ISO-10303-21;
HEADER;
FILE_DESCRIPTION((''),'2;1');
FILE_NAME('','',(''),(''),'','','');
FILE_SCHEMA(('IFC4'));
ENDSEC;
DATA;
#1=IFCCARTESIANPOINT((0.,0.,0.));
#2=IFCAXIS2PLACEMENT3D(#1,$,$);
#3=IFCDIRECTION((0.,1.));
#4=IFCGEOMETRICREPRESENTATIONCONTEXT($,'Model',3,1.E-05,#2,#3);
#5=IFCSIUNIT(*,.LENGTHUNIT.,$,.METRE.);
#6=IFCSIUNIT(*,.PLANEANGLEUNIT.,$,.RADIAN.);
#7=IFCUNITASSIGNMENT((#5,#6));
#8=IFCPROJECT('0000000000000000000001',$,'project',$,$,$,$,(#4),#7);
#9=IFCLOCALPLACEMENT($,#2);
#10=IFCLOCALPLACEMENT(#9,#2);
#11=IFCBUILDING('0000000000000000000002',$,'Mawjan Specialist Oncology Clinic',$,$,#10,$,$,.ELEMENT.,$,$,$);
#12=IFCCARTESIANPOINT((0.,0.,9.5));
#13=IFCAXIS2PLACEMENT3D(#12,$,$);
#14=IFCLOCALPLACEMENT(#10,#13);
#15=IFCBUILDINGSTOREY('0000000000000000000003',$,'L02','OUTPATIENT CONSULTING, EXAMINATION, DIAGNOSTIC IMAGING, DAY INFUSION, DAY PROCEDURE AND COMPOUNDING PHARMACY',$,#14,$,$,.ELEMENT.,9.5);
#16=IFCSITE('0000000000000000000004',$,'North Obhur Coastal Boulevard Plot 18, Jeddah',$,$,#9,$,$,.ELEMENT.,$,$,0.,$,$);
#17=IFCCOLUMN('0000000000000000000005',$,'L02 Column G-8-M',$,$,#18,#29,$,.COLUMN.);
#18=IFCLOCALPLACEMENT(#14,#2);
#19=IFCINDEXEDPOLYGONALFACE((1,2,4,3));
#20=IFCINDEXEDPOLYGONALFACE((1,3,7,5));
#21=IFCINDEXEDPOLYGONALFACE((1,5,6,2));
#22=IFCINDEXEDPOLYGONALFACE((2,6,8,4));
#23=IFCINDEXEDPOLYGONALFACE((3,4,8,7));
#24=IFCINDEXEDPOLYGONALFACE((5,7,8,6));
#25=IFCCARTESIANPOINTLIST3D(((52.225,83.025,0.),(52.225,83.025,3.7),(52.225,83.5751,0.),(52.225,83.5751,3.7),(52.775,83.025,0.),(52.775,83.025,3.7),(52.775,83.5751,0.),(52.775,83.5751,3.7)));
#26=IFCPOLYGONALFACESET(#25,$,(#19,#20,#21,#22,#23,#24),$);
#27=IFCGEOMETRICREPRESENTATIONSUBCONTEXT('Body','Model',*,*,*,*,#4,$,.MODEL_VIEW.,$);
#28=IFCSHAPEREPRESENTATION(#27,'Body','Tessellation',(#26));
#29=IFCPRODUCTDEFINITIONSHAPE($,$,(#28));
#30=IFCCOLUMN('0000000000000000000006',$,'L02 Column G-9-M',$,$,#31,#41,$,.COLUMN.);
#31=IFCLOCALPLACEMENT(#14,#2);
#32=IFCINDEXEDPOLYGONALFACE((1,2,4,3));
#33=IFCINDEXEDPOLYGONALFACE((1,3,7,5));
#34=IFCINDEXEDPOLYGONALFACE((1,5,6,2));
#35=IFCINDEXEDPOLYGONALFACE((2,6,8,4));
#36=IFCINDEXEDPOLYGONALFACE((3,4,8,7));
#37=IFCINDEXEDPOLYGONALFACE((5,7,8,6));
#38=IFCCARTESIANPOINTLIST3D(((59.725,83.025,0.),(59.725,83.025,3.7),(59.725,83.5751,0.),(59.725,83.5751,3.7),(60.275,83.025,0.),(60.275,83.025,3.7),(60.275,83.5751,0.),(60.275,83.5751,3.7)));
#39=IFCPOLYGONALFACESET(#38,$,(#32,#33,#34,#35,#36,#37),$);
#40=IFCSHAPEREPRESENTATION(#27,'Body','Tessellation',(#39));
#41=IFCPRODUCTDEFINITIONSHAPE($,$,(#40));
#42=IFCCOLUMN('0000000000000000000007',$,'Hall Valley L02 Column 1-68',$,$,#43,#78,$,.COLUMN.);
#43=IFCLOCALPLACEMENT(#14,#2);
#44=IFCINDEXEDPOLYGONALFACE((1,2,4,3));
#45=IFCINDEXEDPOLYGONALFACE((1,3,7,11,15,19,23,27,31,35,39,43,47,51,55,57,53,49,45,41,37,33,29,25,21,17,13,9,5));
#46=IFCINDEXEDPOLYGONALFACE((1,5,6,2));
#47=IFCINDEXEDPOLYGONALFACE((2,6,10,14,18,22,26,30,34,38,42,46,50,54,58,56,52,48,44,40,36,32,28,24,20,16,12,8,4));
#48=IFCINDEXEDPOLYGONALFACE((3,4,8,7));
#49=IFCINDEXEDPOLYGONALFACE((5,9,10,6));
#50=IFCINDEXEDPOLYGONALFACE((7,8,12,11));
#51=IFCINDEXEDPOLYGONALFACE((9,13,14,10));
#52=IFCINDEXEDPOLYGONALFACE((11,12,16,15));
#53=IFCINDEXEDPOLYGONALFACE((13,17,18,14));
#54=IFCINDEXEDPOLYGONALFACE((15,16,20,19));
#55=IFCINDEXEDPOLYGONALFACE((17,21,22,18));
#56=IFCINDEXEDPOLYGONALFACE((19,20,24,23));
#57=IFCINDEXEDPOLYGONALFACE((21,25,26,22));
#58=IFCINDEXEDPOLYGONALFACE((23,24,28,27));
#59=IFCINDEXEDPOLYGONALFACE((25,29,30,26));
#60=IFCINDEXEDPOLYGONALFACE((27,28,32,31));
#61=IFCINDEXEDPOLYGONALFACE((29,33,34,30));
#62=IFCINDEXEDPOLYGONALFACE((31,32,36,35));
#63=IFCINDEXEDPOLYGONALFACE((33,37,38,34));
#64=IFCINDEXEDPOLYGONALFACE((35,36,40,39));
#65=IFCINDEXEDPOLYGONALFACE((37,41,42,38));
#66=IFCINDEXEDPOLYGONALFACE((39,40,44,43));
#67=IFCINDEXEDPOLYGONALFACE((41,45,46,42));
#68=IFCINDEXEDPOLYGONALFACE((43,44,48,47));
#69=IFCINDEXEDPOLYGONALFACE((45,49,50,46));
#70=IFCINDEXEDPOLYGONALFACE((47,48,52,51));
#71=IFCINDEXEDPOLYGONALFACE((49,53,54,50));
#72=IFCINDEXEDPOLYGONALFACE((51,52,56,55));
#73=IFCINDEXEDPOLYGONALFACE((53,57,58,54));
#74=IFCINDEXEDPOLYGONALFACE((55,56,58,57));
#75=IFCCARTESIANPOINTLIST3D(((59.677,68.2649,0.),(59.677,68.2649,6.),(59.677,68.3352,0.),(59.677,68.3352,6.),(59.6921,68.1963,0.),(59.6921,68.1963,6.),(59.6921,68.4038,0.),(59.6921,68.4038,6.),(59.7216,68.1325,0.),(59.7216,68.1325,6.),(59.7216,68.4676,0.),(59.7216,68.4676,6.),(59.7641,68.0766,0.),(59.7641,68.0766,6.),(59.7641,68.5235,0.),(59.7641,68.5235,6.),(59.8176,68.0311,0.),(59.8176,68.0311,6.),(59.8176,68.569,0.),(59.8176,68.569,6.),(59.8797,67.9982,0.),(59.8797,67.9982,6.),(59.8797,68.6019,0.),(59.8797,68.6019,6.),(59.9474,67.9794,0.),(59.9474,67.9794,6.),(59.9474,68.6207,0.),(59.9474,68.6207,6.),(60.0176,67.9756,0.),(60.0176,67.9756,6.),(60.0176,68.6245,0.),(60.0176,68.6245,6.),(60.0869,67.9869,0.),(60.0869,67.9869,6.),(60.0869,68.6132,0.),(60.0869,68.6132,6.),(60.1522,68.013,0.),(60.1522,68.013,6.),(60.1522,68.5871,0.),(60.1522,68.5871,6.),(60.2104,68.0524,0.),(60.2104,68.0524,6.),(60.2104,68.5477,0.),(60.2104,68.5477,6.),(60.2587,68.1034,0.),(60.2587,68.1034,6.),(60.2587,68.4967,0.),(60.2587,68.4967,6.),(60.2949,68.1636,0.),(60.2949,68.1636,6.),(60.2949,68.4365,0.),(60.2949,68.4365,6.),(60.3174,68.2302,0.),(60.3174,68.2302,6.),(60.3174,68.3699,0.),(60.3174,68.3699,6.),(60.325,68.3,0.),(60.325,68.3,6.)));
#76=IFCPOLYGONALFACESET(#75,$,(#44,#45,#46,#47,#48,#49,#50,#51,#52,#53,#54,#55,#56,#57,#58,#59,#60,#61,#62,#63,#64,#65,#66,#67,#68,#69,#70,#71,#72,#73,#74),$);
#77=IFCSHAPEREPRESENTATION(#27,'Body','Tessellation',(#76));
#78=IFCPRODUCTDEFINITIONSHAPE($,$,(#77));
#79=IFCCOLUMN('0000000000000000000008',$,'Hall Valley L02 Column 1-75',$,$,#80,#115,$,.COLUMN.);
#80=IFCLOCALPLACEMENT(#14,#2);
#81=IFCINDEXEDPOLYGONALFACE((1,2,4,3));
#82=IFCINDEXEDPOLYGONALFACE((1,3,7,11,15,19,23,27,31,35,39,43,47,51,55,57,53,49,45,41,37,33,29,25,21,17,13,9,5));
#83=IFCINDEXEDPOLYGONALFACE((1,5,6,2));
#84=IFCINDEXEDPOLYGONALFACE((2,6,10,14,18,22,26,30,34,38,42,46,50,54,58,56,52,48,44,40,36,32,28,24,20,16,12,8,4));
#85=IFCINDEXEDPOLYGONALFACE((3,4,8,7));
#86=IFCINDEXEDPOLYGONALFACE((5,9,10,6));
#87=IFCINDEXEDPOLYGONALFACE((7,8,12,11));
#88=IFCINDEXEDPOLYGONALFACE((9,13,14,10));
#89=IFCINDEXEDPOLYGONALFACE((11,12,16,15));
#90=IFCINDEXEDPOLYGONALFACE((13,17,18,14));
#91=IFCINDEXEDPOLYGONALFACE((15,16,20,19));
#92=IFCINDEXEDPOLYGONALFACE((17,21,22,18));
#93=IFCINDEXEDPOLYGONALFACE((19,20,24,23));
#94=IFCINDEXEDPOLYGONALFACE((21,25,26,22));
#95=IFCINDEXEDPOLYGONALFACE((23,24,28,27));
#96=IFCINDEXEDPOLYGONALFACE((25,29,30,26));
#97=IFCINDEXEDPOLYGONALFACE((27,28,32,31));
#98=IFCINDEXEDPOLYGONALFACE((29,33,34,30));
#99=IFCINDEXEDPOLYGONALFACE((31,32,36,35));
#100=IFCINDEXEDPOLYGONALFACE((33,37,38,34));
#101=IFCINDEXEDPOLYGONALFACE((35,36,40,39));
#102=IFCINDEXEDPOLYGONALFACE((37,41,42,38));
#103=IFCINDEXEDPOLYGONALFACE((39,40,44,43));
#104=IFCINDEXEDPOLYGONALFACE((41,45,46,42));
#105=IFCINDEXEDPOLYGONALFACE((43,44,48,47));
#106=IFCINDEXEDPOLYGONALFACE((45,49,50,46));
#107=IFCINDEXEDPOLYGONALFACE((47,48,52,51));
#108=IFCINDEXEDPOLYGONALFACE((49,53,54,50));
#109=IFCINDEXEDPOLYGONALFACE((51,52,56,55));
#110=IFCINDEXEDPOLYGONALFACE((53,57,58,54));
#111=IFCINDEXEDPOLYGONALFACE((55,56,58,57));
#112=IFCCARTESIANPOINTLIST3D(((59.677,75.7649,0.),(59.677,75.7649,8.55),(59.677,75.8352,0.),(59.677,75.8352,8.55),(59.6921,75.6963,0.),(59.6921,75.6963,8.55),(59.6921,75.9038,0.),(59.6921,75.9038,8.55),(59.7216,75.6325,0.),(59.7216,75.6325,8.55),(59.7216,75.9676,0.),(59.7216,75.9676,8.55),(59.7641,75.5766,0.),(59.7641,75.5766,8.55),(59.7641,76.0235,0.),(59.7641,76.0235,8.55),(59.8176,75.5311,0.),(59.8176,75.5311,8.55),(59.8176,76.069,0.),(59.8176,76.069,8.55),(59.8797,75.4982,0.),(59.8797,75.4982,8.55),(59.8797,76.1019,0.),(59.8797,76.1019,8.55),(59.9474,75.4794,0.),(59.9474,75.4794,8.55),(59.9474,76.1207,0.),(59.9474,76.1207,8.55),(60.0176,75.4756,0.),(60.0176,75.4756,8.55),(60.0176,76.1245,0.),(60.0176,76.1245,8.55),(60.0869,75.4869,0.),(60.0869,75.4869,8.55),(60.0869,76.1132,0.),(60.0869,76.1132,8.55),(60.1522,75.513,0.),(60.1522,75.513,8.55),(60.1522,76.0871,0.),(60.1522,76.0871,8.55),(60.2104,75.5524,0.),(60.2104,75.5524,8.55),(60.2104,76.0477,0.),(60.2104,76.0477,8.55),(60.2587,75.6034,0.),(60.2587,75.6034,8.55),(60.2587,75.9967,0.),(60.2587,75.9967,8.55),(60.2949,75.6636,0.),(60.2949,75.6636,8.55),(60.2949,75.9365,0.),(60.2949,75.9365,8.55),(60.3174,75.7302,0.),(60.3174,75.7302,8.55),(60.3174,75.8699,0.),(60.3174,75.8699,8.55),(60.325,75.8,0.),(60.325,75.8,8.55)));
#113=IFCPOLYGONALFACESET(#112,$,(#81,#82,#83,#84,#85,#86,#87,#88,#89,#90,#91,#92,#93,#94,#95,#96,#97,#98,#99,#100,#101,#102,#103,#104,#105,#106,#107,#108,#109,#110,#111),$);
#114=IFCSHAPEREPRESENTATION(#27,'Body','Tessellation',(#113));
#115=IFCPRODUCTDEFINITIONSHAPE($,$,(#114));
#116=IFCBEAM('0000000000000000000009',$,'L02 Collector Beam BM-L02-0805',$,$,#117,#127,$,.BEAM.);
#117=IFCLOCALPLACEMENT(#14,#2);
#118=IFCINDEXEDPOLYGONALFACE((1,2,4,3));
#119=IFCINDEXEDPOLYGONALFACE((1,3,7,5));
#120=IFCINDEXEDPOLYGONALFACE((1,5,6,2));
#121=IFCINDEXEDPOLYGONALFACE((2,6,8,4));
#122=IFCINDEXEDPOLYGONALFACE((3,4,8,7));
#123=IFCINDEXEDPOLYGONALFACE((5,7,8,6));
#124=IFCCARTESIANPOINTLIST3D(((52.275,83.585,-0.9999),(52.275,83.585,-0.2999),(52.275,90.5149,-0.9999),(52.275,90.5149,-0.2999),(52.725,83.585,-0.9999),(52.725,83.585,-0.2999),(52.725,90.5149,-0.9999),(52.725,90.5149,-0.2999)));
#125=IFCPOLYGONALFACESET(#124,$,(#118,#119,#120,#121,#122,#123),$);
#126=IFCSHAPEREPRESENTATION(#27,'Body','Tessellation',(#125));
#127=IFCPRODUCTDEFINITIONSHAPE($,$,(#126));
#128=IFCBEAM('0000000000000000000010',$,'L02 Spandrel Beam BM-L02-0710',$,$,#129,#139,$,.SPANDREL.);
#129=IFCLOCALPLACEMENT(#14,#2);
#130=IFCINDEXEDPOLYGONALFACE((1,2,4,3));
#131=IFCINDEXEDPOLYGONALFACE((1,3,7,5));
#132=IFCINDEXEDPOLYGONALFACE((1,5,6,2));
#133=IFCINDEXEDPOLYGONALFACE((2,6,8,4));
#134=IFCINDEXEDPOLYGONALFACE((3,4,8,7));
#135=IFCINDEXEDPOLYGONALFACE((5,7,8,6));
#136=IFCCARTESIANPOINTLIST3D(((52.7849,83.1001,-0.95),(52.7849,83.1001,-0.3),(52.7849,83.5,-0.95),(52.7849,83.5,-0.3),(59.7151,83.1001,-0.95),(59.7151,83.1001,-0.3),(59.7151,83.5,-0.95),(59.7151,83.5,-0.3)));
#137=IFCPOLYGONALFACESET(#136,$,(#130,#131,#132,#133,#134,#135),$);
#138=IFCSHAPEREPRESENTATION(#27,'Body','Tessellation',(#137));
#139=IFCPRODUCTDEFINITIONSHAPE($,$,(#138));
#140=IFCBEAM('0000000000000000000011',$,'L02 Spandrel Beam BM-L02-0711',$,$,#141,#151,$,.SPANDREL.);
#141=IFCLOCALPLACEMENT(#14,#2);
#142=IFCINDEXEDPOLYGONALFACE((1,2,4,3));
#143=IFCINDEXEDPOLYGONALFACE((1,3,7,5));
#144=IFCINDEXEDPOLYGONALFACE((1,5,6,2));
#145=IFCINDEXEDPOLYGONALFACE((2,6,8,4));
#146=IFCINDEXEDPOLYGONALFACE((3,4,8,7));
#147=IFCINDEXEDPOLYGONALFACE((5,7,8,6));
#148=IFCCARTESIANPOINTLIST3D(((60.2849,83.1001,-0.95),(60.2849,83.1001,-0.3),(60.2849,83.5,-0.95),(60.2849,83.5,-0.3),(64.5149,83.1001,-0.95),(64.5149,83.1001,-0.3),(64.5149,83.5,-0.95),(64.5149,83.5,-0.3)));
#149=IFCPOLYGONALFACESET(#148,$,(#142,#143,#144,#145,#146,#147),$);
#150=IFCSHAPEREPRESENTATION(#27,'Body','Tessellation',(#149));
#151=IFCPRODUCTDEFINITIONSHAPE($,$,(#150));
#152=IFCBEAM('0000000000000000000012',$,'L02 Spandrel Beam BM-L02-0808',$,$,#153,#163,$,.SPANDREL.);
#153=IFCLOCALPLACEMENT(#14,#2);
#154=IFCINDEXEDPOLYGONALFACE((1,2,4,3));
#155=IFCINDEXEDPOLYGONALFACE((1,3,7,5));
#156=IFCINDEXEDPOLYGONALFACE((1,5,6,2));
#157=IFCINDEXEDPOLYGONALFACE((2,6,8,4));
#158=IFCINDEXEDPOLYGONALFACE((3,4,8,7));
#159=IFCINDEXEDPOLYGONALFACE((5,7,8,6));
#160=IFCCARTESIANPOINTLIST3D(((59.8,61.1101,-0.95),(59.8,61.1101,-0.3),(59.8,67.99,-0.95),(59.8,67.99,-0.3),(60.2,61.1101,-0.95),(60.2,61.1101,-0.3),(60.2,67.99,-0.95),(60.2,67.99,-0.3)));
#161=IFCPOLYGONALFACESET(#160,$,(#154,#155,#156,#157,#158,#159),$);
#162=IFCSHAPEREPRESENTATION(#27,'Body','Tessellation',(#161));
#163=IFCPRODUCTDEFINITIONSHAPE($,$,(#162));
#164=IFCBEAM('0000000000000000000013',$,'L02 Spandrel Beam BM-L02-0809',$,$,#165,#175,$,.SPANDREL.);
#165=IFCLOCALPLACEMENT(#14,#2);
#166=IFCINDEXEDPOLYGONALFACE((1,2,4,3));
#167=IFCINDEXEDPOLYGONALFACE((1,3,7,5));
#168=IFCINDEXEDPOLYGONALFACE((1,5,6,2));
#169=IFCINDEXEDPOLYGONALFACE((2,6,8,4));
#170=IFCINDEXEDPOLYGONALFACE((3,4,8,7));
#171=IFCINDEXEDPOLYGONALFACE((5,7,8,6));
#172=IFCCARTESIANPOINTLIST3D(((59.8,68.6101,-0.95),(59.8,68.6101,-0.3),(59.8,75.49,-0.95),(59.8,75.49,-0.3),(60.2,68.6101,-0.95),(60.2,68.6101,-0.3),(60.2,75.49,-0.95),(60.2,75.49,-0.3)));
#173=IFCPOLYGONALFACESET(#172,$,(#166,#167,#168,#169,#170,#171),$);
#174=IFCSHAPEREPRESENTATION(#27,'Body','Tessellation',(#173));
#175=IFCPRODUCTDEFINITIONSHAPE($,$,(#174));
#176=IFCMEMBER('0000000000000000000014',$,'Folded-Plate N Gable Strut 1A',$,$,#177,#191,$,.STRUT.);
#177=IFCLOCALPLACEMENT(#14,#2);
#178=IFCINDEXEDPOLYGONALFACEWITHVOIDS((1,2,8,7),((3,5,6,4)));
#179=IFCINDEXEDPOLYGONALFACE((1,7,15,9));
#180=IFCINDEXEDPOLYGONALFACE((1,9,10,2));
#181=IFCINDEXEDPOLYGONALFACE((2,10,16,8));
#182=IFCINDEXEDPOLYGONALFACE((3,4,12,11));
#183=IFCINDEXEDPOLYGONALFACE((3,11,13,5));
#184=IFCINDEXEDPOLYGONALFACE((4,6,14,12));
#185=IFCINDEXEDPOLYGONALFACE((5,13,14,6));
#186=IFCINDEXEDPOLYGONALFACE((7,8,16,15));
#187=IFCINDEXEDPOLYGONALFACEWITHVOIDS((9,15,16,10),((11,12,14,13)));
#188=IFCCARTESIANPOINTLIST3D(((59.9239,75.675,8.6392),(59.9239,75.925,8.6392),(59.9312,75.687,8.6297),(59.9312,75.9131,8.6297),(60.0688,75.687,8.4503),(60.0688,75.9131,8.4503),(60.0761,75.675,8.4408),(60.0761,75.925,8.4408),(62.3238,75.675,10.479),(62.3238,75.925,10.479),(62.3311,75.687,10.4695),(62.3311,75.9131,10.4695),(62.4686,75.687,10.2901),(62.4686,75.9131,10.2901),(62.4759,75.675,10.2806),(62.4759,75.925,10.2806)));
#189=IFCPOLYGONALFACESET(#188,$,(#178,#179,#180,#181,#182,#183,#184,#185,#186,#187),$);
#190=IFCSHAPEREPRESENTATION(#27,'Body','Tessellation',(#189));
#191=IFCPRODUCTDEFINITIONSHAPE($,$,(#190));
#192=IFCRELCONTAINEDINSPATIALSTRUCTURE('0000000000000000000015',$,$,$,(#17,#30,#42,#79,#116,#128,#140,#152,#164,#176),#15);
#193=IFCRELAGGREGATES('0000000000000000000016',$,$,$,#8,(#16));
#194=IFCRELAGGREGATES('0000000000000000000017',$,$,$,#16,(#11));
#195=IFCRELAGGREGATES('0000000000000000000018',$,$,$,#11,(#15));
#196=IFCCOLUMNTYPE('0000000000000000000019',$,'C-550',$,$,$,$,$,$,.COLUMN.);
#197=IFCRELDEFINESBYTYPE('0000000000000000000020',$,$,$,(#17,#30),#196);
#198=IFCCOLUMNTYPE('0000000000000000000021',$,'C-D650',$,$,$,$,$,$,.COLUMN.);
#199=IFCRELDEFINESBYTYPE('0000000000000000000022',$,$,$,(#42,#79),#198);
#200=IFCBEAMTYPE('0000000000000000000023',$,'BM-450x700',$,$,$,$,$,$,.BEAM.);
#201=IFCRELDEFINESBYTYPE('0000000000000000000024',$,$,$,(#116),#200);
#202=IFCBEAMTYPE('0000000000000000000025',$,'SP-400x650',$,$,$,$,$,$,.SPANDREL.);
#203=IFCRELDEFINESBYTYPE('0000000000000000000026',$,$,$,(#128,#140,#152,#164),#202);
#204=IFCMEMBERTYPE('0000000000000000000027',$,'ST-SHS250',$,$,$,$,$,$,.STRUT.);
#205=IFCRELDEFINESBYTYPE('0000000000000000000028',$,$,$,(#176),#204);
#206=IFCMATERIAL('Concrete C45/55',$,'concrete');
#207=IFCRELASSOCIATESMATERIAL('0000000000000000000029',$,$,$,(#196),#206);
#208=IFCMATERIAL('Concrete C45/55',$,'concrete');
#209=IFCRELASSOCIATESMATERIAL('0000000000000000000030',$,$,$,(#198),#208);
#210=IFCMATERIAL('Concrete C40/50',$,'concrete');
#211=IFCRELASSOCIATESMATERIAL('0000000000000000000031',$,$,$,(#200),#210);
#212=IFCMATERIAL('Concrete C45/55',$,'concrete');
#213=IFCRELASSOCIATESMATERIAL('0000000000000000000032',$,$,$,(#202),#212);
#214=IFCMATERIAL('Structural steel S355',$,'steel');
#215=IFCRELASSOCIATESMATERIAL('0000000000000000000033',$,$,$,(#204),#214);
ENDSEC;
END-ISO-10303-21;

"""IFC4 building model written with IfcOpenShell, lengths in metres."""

from ifc_helpers import new_model, si_unit, direction, frame, origin, origin_2d, place, context, subcontext, project, spatial, rectangle, hollow_rectangle, circle, extrude, material, material_profile, profile_set, type_object, element, save


model = new_model("IFC4")

# Units and contexts
model_context = context("Model", 3, precision=1e-05, world=origin(), true_north=direction((0.0, 1.0)))
body_context = subcontext(model_context, "Body", "Model", "MODEL_VIEW")
ifc_project = project(units=[si_unit("LENGTHUNIT", "METRE"), si_unit("PLANEANGLEUNIT", "RADIAN")], contexts=[model_context])

# Site, building, storey
site_placement = place(None, origin())
site = spatial("IfcSite", under=ifc_project, at=site_placement, Name="North Obhur Coastal Boulevard Plot 18, Jeddah", CompositionType="ELEMENT", RefElevation=0.0)
building_placement = place(site_placement, origin())
building = spatial("IfcBuilding", under=site, at=building_placement, Name="Mawjan Specialist Oncology Clinic", CompositionType="ELEMENT")
storey_placement = place(building_placement, frame((0.0, 0.0, 9.5)))
storey = spatial("IfcBuildingStorey", under=building, at=storey_placement, Name="L02", Description="OUTPATIENT CONSULTING, EXAMINATION, DIAGNOSTIC IMAGING, DAY INFUSION, DAY PROCEDURE AND COMPOUNDING PHARMACY", CompositionType="ELEMENT", Elevation=9.5)

# Columns
ifc_material_1 = material(Name="Concrete C45/55", Category="concrete")
ifc_material_profile_1 = material_profile(ifc_material_1, rectangle(XDim=0.55, YDim=0.55, at=origin_2d()), Name="RC COL 550x550", Category="concrete")
ifc_profile_set_1 = profile_set([ifc_material_profile_1], Name="Concrete C45/55")
column_type_1 = type_object("IfcColumnType", Name="C-550", PredefinedType="COLUMN", material=ifc_profile_set_1)
for number, where, z_axis, x_axis, name in (
    (1, (52.5, 83.3, 0.0), (0.0, 0.0, 1.0), (1.0, 0.0, 0.0), "L02 Column G-8-M"),
    (2, (60.0, 83.3, 0.0), (0.0, 0.0, 1.0), (1.0, 0.0, 0.0), "L02 Column G-9-M"),
):
    element("IfcColumn", number, at=place(storey_placement, frame(where, z_axis=z_axis, x_axis=x_axis)), inside=storey, type_object=column_type_1, Name=name, PredefinedType="COLUMN", context=body_context, shape_type="SweptSolid", body=[
        extrude(rectangle(XDim=0.55, YDim=0.55, at=origin_2d()), origin(), (0.0, 0.0, 1.0), 3.7),
    ])
ifc_material_2 = material(Name="Concrete C45/55", Category="concrete")
ifc_material_profile_2 = material_profile(ifc_material_2, circle(Radius=0.325, at=origin_2d()), Name="RC COL D650", Category="concrete")
ifc_profile_set_2 = profile_set([ifc_material_profile_2], Name="Concrete C45/55")
column_type_2 = type_object("IfcColumnType", Name="C-D650", PredefinedType="COLUMN", material=ifc_profile_set_2)
column_1_placement = place(storey_placement, frame((60.0, 68.3, 0.0), z_axis=(0.0, 0.0, 1.0), x_axis=(1.0, 0.0, 0.0)))
element("IfcColumn", 3, at=column_1_placement, inside=storey, type_object=column_type_2, Name="Hall Valley L02 Column 1-68", PredefinedType="COLUMN", context=body_context, shape_type="SweptSolid", body=[
    extrude(circle(Radius=0.325, at=origin_2d()), origin(), (0.0, 0.0, 1.0), 6.0),
])
column_2_placement = place(storey_placement, frame((60.0, 75.8, 0.0), z_axis=(0.0, 0.0, 1.0), x_axis=(1.0, 0.0, 0.0)))
element("IfcColumn", 4, at=column_2_placement, inside=storey, type_object=column_type_2, Name="Hall Valley L02 Column 1-75", PredefinedType="COLUMN", context=body_context, shape_type="SweptSolid", body=[
    extrude(circle(Radius=0.325, at=origin_2d()), origin(), (0.0, 0.0, 1.0), 8.55),
])

# Beams
ifc_material_3 = material(Name="Concrete C40/50", Category="concrete")
ifc_material_profile_3 = material_profile(ifc_material_3, rectangle(XDim=0.45, YDim=0.7, at=origin_2d()), Name="RC BM 450x700", Category="concrete")
ifc_profile_set_3 = profile_set([ifc_material_profile_3], Name="Concrete C40/50")
beam_type_1 = type_object("IfcBeamType", Name="BM-450x700", PredefinedType="BEAM", material=ifc_profile_set_3)
beam_1_placement = place(storey_placement, frame((52.5, 83.585, -0.6499), z_axis=(0.0, 1.0, 0.0), x_axis=(-1.0, 0.0, 0.0)))
element("IfcBeam", 5, at=beam_1_placement, inside=storey, type_object=beam_type_1, Name="L02 Collector Beam BM-L02-0805", PredefinedType="BEAM", context=body_context, shape_type="SweptSolid", body=[
    extrude(rectangle(XDim=0.45, YDim=0.7, at=origin_2d()), origin(), (0.0, 0.0, 1.0), 6.9299),
])
ifc_material_4 = material(Name="Concrete C45/55", Category="concrete")
ifc_material_profile_4 = material_profile(ifc_material_4, rectangle(XDim=0.3999, YDim=0.6499, at=origin_2d()), Name="RC BM 400x650", Category="concrete")
ifc_profile_set_4 = profile_set([ifc_material_profile_4], Name="Concrete C45/55")
beam_type_2 = type_object("IfcBeamType", Name="SP-400x650", PredefinedType="SPANDREL", material=ifc_profile_set_4)
beam_2_placement = place(storey_placement, frame((52.7849, 83.3, -0.625), z_axis=(1.0, 0.0, 0.0), x_axis=(0.0, 1.0, 0.0)))
element("IfcBeam", 6, at=beam_2_placement, inside=storey, type_object=beam_type_2, Name="L02 Spandrel Beam BM-L02-0710", PredefinedType="SPANDREL", context=body_context, shape_type="SweptSolid", body=[
    extrude(rectangle(XDim=0.3999, YDim=0.6499, at=origin_2d()), origin(), (0.0, 0.0, 1.0), 6.9302),
])
beam_3_placement = place(storey_placement, frame((60.2849, 83.3, -0.625), z_axis=(1.0, 0.0, 0.0), x_axis=(0.0, 1.0, 0.0)))
element("IfcBeam", 7, at=beam_3_placement, inside=storey, type_object=beam_type_2, Name="L02 Spandrel Beam BM-L02-0711", PredefinedType="SPANDREL", context=body_context, shape_type="SweptSolid", body=[
    extrude(rectangle(XDim=0.3999, YDim=0.6499, at=origin_2d()), origin(), (0.0, 0.0, 1.0), 4.23),
])
for number, where, z_axis, x_axis, name in (
    (8, (60.0, 61.1101, -0.625), (0.0, 1.0, 0.0), (-1.0, 0.0, 0.0), "L02 Spandrel Beam BM-L02-0808"),
    (9, (60.0, 68.6101, -0.625), (0.0, 1.0, 0.0), (-1.0, 0.0, 0.0), "L02 Spandrel Beam BM-L02-0809"),
):
    element("IfcBeam", number, at=place(storey_placement, frame(where, z_axis=z_axis, x_axis=x_axis)), inside=storey, type_object=beam_type_2, Name=name, PredefinedType="SPANDREL", context=body_context, shape_type="SweptSolid", body=[
        extrude(rectangle(XDim=0.3999, YDim=0.6499, at=origin_2d()), origin(), (0.0, 0.0, 1.0), 6.8799),
    ])

# Member
ifc_material_5 = material(Name="Structural steel S355", Category="steel")
ifc_material_profile_5 = material_profile(ifc_material_5, hollow_rectangle(XDim=0.25, YDim=0.25, WallThickness=0.012, at=origin_2d()), Name="SHS 250x250x12", Category="steel")
ifc_profile_set_5 = profile_set([ifc_material_profile_5], Name="Structural steel S355")
member_type = type_object("IfcMemberType", Name="ST-SHS250", PredefinedType="STRUT", material=ifc_profile_set_5)
member_placement = place(storey_placement, frame((60.0, 75.8, 8.54), z_axis=(0.793619, 0.0, 0.608415), x_axis=(0.0, 1.0, 0.0)))
element("IfcMember", 10, at=member_placement, inside=storey, type_object=member_type, Name="Folded-Plate N Gable Strut 1A", PredefinedType="STRUT", context=body_context, shape_type="SweptSolid", body=[
    extrude(hollow_rectangle(XDim=0.25, YDim=0.25, WallThickness=0.012, at=origin_2d()), origin(), (0.0, 0.0, 1.0), 3.0239),
])

save(model, "model.ifc")
